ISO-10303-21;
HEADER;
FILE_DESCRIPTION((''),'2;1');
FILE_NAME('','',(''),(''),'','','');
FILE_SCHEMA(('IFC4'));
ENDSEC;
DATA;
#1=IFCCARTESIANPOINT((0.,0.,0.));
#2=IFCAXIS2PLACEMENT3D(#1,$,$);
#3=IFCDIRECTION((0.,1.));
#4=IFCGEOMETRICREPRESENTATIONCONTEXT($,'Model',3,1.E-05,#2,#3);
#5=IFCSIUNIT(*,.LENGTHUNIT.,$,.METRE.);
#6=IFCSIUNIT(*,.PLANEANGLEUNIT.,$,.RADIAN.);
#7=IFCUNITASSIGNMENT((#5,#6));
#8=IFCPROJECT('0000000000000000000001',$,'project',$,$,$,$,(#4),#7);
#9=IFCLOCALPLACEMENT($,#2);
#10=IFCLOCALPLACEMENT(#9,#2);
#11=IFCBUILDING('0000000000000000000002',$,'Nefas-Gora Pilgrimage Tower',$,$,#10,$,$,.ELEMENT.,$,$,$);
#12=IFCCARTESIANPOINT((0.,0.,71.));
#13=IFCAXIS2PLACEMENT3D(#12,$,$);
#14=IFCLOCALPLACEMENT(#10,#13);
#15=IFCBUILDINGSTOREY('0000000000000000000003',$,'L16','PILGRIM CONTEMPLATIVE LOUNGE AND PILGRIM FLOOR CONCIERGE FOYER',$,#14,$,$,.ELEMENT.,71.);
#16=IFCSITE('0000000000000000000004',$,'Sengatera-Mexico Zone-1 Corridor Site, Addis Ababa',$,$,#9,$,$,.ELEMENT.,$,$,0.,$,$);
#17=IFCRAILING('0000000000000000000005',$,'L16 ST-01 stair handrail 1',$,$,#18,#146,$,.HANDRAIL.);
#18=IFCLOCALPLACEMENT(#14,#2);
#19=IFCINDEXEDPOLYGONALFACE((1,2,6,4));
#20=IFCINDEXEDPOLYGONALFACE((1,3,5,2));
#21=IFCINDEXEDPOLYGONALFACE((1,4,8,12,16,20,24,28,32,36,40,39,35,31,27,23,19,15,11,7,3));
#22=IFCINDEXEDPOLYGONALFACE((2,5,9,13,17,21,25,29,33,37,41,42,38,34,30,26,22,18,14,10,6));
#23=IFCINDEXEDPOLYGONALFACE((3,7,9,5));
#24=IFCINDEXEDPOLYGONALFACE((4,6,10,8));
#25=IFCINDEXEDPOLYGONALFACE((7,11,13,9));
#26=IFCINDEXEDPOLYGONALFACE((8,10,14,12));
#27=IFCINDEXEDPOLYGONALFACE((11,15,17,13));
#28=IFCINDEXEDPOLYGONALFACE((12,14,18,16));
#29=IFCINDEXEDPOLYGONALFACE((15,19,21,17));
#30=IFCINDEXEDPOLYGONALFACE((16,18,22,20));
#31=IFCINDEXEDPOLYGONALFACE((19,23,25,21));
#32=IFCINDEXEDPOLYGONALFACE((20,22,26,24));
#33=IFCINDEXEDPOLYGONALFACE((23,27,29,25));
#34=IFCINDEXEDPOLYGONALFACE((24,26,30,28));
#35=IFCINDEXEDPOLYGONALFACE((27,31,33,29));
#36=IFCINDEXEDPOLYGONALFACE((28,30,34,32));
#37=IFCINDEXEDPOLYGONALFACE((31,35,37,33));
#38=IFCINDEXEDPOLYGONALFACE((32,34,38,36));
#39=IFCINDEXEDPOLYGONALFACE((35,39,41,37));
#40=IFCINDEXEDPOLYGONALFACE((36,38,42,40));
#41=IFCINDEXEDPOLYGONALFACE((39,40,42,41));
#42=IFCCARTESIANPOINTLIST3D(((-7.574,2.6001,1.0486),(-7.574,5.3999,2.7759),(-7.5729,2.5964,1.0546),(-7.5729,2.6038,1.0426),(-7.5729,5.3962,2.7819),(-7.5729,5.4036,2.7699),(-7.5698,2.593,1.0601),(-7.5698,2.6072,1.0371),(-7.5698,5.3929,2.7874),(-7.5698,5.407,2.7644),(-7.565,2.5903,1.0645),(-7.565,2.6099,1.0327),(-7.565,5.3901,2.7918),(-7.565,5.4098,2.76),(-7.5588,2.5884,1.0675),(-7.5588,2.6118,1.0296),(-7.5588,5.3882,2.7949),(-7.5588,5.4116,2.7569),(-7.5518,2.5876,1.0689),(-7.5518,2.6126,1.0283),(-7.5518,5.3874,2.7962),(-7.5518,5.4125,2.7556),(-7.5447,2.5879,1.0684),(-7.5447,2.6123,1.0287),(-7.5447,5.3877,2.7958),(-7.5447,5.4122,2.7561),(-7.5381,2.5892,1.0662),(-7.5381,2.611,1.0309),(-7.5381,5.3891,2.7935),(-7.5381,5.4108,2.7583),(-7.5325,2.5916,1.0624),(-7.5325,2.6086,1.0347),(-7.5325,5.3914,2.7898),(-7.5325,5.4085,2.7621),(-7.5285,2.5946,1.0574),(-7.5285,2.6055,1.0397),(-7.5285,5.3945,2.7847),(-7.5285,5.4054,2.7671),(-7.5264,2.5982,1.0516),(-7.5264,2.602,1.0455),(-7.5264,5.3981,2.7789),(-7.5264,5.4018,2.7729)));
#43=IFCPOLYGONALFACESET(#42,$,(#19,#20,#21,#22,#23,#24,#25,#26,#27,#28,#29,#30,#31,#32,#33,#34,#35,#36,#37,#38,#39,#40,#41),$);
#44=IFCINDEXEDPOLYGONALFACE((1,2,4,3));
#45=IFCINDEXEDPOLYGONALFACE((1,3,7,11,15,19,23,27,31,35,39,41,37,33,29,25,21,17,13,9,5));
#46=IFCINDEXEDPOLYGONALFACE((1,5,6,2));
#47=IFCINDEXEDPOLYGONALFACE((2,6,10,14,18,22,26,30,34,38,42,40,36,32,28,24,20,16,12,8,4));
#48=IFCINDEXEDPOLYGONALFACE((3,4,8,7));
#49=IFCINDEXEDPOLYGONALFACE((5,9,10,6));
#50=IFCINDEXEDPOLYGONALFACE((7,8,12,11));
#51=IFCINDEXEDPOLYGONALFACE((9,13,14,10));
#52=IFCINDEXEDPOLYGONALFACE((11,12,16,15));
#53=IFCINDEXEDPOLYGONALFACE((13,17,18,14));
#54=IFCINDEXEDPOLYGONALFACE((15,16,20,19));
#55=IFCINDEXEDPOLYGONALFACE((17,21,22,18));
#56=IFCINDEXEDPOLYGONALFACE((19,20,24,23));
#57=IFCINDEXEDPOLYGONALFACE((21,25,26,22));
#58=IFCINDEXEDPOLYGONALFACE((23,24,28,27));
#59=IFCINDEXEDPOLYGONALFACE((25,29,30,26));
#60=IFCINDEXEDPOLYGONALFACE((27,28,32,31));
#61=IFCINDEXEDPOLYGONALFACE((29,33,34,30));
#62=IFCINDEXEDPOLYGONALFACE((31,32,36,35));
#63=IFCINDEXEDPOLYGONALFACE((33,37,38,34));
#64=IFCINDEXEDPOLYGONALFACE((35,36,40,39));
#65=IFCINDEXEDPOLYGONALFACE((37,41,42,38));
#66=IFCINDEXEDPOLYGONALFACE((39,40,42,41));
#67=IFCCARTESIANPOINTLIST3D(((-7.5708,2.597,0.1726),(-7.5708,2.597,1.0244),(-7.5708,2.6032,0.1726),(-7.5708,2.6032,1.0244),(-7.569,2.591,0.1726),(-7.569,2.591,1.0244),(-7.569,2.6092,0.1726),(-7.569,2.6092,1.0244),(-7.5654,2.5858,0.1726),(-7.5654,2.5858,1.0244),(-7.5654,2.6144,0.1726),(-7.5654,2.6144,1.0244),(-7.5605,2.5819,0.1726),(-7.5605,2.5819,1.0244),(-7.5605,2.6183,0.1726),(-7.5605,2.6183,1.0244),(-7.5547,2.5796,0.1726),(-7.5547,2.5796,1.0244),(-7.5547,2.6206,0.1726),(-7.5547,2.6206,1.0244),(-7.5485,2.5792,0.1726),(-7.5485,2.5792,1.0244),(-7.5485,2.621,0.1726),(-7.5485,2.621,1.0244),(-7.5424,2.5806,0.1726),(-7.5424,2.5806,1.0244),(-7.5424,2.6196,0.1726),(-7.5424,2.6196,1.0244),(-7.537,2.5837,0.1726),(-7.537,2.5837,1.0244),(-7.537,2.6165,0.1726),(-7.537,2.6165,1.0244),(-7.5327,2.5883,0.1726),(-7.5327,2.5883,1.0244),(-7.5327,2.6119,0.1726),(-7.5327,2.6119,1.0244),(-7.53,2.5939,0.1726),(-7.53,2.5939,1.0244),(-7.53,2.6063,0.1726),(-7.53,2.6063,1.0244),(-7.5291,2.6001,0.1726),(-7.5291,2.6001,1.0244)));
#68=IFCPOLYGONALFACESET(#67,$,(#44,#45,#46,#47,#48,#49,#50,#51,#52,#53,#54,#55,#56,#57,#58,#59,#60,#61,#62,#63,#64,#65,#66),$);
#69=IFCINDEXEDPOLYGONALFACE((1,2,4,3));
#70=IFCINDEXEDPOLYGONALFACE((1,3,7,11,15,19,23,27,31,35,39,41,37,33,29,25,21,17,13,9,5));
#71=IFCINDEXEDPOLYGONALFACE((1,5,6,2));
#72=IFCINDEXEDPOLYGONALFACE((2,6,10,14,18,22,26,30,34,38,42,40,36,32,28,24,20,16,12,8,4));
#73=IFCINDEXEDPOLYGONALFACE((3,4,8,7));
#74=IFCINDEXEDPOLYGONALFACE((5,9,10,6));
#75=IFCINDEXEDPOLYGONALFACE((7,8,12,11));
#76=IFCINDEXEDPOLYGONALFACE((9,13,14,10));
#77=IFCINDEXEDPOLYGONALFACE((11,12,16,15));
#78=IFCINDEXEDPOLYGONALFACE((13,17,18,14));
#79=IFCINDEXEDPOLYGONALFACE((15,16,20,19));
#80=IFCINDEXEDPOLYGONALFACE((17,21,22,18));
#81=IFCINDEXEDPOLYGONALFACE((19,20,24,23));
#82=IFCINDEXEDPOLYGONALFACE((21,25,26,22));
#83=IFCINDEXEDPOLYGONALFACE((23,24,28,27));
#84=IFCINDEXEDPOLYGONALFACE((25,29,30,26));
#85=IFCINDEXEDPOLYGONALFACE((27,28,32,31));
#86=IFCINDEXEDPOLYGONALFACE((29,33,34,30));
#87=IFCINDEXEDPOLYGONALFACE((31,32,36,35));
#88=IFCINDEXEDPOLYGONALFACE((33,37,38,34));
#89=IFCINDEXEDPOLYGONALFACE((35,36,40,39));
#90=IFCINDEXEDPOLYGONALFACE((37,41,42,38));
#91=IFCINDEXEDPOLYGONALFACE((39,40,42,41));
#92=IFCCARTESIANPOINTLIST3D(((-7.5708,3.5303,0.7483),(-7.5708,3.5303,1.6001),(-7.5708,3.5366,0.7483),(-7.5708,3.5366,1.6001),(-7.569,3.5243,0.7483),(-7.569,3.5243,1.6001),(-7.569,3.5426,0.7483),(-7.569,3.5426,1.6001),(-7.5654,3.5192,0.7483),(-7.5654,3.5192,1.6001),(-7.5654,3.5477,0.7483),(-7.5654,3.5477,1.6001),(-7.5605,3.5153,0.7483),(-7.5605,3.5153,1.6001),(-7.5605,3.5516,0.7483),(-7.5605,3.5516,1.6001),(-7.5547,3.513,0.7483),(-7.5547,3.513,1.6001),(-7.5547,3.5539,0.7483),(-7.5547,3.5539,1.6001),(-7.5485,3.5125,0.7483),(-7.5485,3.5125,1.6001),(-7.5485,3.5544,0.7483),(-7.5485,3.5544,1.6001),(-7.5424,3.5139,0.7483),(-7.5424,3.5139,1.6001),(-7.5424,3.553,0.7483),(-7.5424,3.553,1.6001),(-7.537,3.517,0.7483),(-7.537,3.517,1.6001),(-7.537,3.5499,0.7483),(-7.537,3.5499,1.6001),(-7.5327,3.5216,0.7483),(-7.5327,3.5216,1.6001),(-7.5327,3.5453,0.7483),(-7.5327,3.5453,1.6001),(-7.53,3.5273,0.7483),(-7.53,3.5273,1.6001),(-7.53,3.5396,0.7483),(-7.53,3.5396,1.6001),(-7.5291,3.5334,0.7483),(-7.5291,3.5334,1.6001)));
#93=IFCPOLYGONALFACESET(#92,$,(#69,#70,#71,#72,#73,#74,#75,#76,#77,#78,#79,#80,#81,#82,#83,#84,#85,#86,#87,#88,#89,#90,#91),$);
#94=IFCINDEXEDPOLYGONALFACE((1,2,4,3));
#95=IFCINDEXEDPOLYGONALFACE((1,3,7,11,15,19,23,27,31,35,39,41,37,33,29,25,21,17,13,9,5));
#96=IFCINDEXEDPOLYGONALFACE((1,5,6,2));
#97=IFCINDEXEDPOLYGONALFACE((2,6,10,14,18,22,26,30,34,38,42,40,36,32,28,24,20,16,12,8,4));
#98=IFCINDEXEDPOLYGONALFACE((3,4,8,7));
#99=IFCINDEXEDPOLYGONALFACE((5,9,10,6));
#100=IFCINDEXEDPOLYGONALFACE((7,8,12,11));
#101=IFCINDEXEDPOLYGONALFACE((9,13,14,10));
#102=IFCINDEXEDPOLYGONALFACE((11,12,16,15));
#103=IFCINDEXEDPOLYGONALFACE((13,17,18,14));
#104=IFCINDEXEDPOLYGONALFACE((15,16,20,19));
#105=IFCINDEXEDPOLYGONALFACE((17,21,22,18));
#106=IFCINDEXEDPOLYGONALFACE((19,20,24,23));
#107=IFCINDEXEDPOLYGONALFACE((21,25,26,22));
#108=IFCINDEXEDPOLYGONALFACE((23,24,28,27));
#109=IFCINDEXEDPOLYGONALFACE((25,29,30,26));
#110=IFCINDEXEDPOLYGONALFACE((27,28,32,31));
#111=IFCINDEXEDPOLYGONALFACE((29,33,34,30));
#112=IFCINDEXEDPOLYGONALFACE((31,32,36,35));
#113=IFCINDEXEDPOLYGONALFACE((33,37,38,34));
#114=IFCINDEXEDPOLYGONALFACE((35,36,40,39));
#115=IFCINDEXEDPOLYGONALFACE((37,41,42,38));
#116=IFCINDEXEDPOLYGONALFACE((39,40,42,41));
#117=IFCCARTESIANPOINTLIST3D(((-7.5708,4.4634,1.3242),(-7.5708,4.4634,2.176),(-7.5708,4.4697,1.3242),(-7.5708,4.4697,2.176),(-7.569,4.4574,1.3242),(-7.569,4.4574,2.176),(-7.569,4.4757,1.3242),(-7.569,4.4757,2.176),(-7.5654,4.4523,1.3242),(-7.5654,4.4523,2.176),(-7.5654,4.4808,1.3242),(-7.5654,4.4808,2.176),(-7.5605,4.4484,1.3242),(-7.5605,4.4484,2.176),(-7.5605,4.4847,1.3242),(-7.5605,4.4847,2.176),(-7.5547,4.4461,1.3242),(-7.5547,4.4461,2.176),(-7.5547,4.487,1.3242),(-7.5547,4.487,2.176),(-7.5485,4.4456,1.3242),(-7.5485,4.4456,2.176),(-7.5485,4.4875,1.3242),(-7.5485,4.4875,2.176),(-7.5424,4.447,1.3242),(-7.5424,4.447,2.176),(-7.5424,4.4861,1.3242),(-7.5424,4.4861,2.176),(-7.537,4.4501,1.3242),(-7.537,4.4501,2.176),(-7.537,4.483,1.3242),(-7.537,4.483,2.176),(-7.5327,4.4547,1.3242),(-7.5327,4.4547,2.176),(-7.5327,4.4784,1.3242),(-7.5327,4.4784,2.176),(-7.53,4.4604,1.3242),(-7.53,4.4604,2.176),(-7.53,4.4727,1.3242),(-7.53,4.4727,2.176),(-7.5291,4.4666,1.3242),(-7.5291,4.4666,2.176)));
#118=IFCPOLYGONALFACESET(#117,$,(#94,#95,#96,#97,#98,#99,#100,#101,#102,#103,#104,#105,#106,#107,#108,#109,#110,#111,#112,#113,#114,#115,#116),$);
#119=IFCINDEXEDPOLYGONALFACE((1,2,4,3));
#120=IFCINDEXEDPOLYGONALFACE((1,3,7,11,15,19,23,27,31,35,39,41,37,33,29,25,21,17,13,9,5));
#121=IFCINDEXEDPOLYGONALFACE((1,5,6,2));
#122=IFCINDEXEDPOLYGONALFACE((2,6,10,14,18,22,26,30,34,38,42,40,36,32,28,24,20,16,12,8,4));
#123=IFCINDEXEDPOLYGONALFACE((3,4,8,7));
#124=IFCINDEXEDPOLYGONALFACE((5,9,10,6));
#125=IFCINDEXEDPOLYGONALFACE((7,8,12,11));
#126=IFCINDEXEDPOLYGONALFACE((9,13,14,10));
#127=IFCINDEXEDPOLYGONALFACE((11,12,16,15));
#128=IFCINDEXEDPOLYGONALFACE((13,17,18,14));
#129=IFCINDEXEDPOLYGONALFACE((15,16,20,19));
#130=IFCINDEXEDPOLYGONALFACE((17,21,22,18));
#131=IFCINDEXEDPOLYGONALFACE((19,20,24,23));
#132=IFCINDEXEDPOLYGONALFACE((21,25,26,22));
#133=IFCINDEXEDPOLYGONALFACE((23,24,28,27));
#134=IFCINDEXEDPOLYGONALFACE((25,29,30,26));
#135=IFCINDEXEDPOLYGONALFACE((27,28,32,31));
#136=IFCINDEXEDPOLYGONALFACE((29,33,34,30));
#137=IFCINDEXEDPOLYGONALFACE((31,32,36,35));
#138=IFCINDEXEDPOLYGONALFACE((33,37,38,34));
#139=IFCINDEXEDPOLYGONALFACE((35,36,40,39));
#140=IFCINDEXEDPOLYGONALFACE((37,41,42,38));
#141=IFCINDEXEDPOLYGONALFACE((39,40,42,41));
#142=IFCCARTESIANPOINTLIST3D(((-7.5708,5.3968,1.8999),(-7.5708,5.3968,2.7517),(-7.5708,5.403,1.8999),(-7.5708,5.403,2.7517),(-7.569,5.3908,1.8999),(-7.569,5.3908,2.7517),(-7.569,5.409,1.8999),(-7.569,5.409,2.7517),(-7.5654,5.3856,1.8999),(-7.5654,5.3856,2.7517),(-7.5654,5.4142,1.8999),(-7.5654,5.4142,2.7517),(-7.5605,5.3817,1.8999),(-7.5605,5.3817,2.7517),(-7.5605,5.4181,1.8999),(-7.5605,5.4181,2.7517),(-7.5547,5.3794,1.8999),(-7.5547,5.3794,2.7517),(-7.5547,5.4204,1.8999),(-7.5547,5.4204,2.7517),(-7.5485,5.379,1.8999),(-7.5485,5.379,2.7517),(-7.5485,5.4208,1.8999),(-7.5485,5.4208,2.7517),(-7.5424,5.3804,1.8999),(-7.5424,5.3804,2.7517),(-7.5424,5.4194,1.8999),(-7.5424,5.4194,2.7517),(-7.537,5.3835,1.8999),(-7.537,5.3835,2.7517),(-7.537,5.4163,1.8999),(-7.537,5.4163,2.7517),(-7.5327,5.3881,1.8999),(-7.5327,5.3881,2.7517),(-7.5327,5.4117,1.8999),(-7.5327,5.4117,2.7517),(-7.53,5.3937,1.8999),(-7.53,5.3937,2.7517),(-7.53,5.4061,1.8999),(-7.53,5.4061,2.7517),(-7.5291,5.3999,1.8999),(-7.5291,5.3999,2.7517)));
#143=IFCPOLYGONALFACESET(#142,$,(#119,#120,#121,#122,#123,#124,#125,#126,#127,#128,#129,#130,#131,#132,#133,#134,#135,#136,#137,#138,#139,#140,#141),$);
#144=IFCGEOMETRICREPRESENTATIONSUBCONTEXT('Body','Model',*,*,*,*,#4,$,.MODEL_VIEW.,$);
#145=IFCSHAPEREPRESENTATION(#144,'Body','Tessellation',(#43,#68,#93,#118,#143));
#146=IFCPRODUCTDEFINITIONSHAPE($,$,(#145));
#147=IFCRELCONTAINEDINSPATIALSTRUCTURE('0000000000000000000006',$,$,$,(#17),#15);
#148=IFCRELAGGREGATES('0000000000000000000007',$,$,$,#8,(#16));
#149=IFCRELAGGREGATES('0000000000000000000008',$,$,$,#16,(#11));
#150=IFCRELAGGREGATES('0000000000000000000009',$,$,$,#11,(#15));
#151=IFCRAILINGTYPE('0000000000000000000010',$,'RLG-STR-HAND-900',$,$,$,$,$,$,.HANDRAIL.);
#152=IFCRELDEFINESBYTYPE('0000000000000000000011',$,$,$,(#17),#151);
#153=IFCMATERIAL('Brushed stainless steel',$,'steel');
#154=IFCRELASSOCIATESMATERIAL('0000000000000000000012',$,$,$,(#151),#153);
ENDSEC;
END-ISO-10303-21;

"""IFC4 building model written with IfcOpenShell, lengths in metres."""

from ifc_helpers import new_model, si_unit, direction, frame, origin, origin_2d, place, context, subcontext, project, spatial, circle, extrude, material, type_object, element, save


model = new_model("IFC4")

# Units and contexts
model_context = context("Model", 3, precision=1e-05, world=origin(), true_north=direction((0.0, 1.0)))
body_context = subcontext(model_context, "Body", "Model", "MODEL_VIEW")
ifc_project = project(units=[si_unit("LENGTHUNIT", "METRE"), si_unit("PLANEANGLEUNIT", "RADIAN")], contexts=[model_context])

# Site, building, storey
site_placement = place(None, origin())
site = spatial("IfcSite", under=ifc_project, at=site_placement, Name="Sengatera-Mexico Zone-1 Corridor Site, Addis Ababa", CompositionType="ELEMENT", RefElevation=0.0)
building_placement = place(site_placement, origin())
building = spatial("IfcBuilding", under=site, at=building_placement, Name="Nefas-Gora Pilgrimage Tower", CompositionType="ELEMENT")
storey_placement = place(building_placement, frame((0.0, 0.0, 71.0)))
storey = spatial("IfcBuildingStorey", under=building, at=storey_placement, Name="L16", Description="PILGRIM CONTEMPLATIVE LOUNGE AND PILGRIM FLOOR CONCIERGE FOYER", CompositionType="ELEMENT", Elevation=71.0)

# Railing
ifc_material_1 = material(Name="Brushed stainless steel", Category="steel")
railing_type_1 = type_object("IfcRailingType", Name="RLG-STR-HAND-900", PredefinedType="HANDRAIL", material=ifc_material_1)
railing_1_placement = place(storey_placement, frame((-7.55, 2.6001, 0.1726)))
element("IfcRailing", 1, at=railing_1_placement, inside=storey, type_object=railing_type_1, Name="L16 ST-01 stair handrail 1", PredefinedType="HANDRAIL", context=body_context, shape_type="SweptSolid", body=[
    extrude(circle(Radius=0.0239, at=origin_2d()), frame((0.0, 0.0, 0.876), z_axis=(0.0, 0.851069, 0.525054), x_axis=(-1.0, 0.0, 0.0)), (0.0, 0.0, 1.0), 3.2898),
    extrude(circle(Radius=0.021, at=origin_2d()), origin(), (0.0, 0.0, 1.0), 0.8518),
    extrude(circle(Radius=0.021, at=origin_2d()), frame((0.0, 0.9333, 0.5757)), (0.0, 0.0, 1.0), 0.8518),
    extrude(circle(Radius=0.021, at=origin_2d()), frame((0.0, 1.8665, 1.1516)), (0.0, 0.0, 1.0), 0.8518),
    extrude(circle(Radius=0.021, at=origin_2d()), frame((0.0, 2.7998, 1.7273)), (0.0, 0.0, 1.0), 0.8518),
])

save(model, "model.ifc")
